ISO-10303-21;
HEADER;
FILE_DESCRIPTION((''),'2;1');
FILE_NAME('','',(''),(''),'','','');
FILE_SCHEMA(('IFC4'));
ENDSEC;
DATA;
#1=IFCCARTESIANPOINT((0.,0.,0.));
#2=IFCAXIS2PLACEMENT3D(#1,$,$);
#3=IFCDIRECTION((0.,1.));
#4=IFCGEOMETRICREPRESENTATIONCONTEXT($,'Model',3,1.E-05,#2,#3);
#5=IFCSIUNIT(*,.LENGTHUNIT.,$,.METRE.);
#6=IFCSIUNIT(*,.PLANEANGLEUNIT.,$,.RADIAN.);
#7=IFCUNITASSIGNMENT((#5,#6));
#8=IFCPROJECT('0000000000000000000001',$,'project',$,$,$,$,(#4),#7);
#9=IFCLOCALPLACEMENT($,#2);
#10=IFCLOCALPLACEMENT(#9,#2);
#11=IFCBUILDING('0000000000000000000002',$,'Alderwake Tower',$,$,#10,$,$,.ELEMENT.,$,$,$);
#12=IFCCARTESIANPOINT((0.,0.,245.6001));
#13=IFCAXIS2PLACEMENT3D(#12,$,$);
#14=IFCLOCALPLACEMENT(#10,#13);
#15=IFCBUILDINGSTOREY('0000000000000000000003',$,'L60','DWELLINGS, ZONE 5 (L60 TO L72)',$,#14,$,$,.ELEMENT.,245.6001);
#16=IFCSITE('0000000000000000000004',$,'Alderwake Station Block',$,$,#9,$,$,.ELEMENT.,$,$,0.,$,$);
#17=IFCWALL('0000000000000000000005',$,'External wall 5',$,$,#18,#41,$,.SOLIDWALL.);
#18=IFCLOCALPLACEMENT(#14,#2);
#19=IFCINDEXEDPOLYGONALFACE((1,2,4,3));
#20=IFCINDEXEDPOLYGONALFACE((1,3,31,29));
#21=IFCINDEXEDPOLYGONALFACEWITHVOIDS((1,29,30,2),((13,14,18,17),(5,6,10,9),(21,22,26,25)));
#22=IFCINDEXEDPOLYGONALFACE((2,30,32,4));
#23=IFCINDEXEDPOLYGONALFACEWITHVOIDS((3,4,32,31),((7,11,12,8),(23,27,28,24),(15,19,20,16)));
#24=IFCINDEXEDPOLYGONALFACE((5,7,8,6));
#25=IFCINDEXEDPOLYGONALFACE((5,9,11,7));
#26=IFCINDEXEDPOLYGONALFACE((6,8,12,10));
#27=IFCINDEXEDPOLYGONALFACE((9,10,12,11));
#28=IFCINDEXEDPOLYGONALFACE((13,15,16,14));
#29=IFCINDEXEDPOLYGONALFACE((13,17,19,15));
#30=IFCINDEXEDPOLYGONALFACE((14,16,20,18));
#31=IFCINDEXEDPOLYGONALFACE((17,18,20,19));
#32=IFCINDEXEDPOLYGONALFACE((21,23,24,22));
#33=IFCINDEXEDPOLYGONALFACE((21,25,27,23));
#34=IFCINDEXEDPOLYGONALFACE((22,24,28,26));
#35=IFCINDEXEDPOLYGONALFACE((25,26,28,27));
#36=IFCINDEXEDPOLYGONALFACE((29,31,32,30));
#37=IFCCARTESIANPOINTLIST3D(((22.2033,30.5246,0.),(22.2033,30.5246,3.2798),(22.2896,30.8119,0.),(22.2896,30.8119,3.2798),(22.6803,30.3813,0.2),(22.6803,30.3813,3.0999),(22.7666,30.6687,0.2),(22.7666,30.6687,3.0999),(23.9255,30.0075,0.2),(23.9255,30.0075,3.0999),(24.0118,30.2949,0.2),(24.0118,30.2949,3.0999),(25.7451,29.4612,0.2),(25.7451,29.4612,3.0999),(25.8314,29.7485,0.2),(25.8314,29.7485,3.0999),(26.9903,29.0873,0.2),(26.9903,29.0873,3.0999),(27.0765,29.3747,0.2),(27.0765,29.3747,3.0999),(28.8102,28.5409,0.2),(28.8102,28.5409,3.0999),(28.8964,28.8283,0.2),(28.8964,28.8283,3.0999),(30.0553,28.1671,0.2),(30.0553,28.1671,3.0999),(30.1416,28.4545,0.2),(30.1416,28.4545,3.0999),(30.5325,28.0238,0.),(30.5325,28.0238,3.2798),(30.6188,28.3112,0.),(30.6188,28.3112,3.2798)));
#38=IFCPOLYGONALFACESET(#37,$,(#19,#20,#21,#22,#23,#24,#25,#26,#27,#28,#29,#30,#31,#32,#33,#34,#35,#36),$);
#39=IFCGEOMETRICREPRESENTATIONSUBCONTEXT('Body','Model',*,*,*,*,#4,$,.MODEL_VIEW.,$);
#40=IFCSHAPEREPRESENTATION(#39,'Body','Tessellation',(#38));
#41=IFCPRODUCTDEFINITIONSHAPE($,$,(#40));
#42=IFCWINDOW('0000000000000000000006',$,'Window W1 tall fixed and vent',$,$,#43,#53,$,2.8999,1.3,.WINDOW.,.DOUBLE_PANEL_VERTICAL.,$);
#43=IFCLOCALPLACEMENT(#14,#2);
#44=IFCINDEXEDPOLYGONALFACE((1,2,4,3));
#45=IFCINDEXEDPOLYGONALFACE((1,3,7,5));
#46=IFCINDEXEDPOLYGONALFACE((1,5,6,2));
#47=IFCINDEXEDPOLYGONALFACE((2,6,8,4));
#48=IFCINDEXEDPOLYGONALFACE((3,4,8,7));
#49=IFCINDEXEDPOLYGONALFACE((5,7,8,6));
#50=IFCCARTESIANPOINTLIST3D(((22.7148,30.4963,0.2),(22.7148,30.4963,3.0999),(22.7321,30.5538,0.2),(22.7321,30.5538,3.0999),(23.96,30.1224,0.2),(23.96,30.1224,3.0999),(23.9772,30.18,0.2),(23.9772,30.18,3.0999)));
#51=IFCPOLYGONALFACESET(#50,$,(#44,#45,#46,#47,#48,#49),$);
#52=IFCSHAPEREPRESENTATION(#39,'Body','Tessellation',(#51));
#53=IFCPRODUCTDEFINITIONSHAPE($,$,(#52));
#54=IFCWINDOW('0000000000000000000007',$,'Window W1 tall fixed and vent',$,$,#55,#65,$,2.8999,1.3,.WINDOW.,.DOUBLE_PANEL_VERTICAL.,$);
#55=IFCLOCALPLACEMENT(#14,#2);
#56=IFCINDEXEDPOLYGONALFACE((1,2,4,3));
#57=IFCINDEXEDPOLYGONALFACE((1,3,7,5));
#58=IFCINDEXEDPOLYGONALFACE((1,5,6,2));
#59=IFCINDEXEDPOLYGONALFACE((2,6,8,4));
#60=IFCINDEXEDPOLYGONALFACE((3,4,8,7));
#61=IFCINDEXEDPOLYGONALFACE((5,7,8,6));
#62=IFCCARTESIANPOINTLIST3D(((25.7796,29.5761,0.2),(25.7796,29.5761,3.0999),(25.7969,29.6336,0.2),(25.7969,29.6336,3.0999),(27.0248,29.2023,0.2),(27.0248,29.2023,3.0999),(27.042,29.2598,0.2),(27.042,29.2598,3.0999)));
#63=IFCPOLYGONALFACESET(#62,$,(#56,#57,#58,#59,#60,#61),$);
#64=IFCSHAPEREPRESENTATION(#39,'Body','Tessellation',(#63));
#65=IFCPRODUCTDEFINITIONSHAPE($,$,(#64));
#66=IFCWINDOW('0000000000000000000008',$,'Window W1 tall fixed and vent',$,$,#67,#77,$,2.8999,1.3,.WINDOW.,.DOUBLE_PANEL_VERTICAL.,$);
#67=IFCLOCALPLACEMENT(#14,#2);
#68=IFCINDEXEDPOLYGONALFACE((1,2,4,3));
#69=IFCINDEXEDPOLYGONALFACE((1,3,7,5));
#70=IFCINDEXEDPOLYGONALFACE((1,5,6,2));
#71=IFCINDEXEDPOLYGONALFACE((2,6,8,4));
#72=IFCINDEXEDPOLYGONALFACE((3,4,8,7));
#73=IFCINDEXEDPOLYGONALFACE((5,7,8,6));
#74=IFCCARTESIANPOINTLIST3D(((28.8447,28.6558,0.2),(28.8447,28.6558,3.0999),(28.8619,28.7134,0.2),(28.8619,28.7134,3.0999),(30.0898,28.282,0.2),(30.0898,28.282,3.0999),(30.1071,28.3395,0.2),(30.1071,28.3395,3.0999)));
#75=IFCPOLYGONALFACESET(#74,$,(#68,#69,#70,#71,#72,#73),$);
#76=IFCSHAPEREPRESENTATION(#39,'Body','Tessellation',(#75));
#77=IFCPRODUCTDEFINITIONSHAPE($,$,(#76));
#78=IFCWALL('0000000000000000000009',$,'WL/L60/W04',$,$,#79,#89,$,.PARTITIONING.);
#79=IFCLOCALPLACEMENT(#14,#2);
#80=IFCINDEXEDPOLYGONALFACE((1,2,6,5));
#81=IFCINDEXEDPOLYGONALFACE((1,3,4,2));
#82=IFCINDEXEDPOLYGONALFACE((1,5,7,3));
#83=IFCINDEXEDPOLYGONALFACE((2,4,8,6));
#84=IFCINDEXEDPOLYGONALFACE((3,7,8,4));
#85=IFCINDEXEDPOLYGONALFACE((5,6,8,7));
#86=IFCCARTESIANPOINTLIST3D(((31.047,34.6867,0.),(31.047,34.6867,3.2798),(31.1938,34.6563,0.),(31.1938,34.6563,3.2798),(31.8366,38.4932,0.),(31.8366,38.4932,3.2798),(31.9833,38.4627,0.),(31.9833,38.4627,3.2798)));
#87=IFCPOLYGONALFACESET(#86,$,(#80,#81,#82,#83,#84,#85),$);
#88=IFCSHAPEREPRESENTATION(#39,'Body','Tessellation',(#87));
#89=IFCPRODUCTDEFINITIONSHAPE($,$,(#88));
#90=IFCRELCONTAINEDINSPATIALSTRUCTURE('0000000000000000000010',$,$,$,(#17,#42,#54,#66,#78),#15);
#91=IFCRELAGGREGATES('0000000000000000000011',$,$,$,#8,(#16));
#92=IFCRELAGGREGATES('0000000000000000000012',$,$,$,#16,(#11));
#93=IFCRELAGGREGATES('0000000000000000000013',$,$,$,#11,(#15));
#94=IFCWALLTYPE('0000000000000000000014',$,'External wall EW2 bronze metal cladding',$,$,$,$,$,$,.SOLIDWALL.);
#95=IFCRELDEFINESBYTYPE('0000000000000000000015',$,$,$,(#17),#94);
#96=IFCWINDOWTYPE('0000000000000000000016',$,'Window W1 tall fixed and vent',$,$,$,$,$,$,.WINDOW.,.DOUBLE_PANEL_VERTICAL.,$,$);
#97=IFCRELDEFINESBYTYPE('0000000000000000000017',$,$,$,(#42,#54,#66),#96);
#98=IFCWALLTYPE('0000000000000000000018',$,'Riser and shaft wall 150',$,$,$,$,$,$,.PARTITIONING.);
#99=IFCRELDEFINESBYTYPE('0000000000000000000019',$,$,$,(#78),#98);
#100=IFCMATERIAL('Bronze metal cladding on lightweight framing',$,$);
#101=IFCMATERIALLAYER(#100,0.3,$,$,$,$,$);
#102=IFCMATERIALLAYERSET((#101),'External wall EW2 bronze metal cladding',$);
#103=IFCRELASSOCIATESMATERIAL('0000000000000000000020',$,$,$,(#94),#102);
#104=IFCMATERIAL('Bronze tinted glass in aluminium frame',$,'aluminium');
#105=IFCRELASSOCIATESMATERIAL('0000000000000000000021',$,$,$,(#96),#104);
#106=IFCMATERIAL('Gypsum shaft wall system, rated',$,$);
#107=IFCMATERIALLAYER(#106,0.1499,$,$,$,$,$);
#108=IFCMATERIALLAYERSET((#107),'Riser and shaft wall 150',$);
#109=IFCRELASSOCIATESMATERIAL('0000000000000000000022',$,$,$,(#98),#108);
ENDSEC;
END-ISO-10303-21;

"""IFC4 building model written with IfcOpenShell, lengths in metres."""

from ifc_helpers import new_model, si_unit, direction, frame, frame_2d, origin, place, context, subcontext, project, spatial, rectangle, extrude, material, layer, layer_set, type_object, element, fill, save


model = new_model("IFC4")

# Units and contexts
model_context = context("Model", 3, precision=1e-05, world=origin(), true_north=direction((0.0, 1.0)))
body_context = subcontext(model_context, "Body", "Model", "MODEL_VIEW")
ifc_project = project(units=[si_unit("LENGTHUNIT", "METRE"), si_unit("PLANEANGLEUNIT", "RADIAN")], contexts=[model_context])

# Site, building, storey
site_placement = place(None, origin())
site = spatial("IfcSite", under=ifc_project, at=site_placement, Name="Alderwake Station Block", CompositionType="ELEMENT", RefElevation=0.0)
building_placement = place(site_placement, origin())
building = spatial("IfcBuilding", under=site, at=building_placement, Name="Alderwake Tower", CompositionType="ELEMENT")
storey_placement = place(building_placement, frame((0.0, 0.0, 245.6001)))
storey = spatial("IfcBuildingStorey", under=building, at=storey_placement, Name="L60", Description="DWELLINGS, ZONE 5 (L60 TO L72)", CompositionType="ELEMENT", Elevation=245.6001)

# Shared definitions
ifc_material_1 = material(Name="Bronze metal cladding on lightweight framing")
ifc_layer_1 = layer(ifc_material_1, 0.3)
ifc_layer_set_1 = layer_set([ifc_layer_1], Name="External wall EW2 bronze metal cladding")
wall_type_1 = type_object("IfcWallType", Name="External wall EW2 bronze metal cladding", PredefinedType="SOLIDWALL", material=ifc_layer_set_1)
ifc_material_2 = material(Name="Bronze tinted glass in aluminium frame", Category="aluminium")
window_type = type_object("IfcWindowType", Name="Window W1 tall fixed and vent", PartitioningType="DOUBLE_PANEL_VERTICAL", PredefinedType="WINDOW", material=ifc_material_2)

# Wall, openings, windows
wall_1_placement = place(storey_placement, frame((22.2466, 30.6682, 0.0), z_axis=(0.0, 0.0, 1.0), x_axis=(0.957763, -0.287559, 0.0)))
wall_1 = element("IfcWall", 1, at=wall_1_placement, inside=storey, type_object=wall_type_1, Name="External wall 5", PredefinedType="SOLIDWALL", context=body_context, shape_type="SweptSolid", body=[
    extrude(rectangle(XDim=8.6965, YDim=0.3, at=frame_2d((4.3481, 0.0))), origin(), (0.0, 0.0, 1.0), 3.2798),
])
opening_1_placement = place(wall_1_placement, frame((0.498, 0.0, 0.2)))
opening_1 = element("IfcOpeningElement", 2, at=opening_1_placement, cuts=wall_1, PredefinedType="OPENING", context=body_context, shape_type="SweptSolid", body=[
    extrude(rectangle(XDim=1.3, YDim=2.8999, at=frame_2d((0.6499, 1.45))), frame((0.0, 0.1599, 0.0), z_axis=(0.0, -1.0, 0.0), x_axis=(1.0, 0.0, 0.0)), (0.0, 0.0, 1.0), 0.3201),
])
opening_2_placement = place(wall_1_placement, frame((3.698, 0.0, 0.2)))
opening_2 = element("IfcOpeningElement", 3, at=opening_2_placement, cuts=wall_1, PredefinedType="OPENING", context=body_context, shape_type="SweptSolid", body=[
    extrude(rectangle(XDim=1.3, YDim=2.8999, at=frame_2d((0.6499, 1.45))), frame((0.0, 0.1599, 0.0), z_axis=(0.0, -1.0, 0.0), x_axis=(1.0, 0.0, 0.0)), (0.0, 0.0, 1.0), 0.3201),
])
opening_3_placement = place(wall_1_placement, frame((6.8982, 0.0, 0.2)))
opening_3 = element("IfcOpeningElement", 4, at=opening_3_placement, cuts=wall_1, PredefinedType="OPENING", context=body_context, shape_type="SweptSolid", body=[
    extrude(rectangle(XDim=1.3, YDim=2.8999, at=frame_2d((0.6499, 1.45))), frame((0.0, 0.1599, 0.0), z_axis=(0.0, -1.0, 0.0), x_axis=(1.0, 0.0, 0.0)), (0.0, 0.0, 1.0), 0.3201),
])
window_1_placement = place(opening_1_placement, origin())
window_1 = element("IfcWindow", 5, at=window_1_placement, inside=storey, type_object=window_type, Name="Window W1 tall fixed and vent", OverallHeight=2.8999, OverallWidth=1.3, PartitioningType="DOUBLE_PANEL_VERTICAL", PredefinedType="WINDOW", context=body_context, shape_type="SweptSolid", body=[
    extrude(rectangle(XDim=1.3, YDim=2.8999, at=frame_2d((0.6499, 1.45))), frame((0.0, 0.03, 0.0), z_axis=(0.0, -1.0, 0.0), x_axis=(1.0, 0.0, 0.0)), (0.0, 0.0, 1.0), 0.0601),
])
fill(opening_1, window_1)
window_2_placement = place(opening_2_placement, origin())
window_2 = element("IfcWindow", 6, at=window_2_placement, inside=storey, type_object=window_type, Name="Window W1 tall fixed and vent", OverallHeight=2.8999, OverallWidth=1.3, PartitioningType="DOUBLE_PANEL_VERTICAL", PredefinedType="WINDOW", context=body_context, shape_type="SweptSolid", body=[
    extrude(rectangle(XDim=1.3, YDim=2.8999, at=frame_2d((0.6499, 1.45))), frame((0.0, 0.03, 0.0), z_axis=(0.0, -1.0, 0.0), x_axis=(1.0, 0.0, 0.0)), (0.0, 0.0, 1.0), 0.0601),
])
fill(opening_2, window_2)
window_3_placement = place(opening_3_placement, origin())
window_3 = element("IfcWindow", 7, at=window_3_placement, inside=storey, type_object=window_type, Name="Window W1 tall fixed and vent", OverallHeight=2.8999, OverallWidth=1.3, PartitioningType="DOUBLE_PANEL_VERTICAL", PredefinedType="WINDOW", context=body_context, shape_type="SweptSolid", body=[
    extrude(rectangle(XDim=1.3, YDim=2.8999, at=frame_2d((0.6499, 1.45))), frame((0.0, 0.03, 0.0), z_axis=(0.0, -1.0, 0.0), x_axis=(1.0, 0.0, 0.0)), (0.0, 0.0, 1.0), 0.0601),
])
fill(opening_3, window_3)

# Wall
ifc_material_3 = material(Name="Gypsum shaft wall system, rated")
ifc_layer_2 = layer(ifc_material_3, 0.1499)
ifc_layer_set_2 = layer_set([ifc_layer_2], Name="Riser and shaft wall 150")
wall_type_2 = type_object("IfcWallType", Name="Riser and shaft wall 150", PredefinedType="PARTITIONING", material=ifc_layer_set_2)
wall_2_placement = place(storey_placement, frame((31.1204, 34.6714, 0.0), z_axis=(0.0, 0.0, 1.0), x_axis=(0.203104, 0.979157, 0.0)))
element("IfcWall", 8, at=wall_2_placement, inside=storey, type_object=wall_type_2, Name="WL/L60/W04", PredefinedType="PARTITIONING", context=body_context, shape_type="SweptSolid", body=[
    extrude(rectangle(XDim=3.8875, YDim=0.1499, at=frame_2d((1.9438, 0.0))), origin(), (0.0, 0.0, 1.0), 3.2798),
])

save(model, "model.ifc")
